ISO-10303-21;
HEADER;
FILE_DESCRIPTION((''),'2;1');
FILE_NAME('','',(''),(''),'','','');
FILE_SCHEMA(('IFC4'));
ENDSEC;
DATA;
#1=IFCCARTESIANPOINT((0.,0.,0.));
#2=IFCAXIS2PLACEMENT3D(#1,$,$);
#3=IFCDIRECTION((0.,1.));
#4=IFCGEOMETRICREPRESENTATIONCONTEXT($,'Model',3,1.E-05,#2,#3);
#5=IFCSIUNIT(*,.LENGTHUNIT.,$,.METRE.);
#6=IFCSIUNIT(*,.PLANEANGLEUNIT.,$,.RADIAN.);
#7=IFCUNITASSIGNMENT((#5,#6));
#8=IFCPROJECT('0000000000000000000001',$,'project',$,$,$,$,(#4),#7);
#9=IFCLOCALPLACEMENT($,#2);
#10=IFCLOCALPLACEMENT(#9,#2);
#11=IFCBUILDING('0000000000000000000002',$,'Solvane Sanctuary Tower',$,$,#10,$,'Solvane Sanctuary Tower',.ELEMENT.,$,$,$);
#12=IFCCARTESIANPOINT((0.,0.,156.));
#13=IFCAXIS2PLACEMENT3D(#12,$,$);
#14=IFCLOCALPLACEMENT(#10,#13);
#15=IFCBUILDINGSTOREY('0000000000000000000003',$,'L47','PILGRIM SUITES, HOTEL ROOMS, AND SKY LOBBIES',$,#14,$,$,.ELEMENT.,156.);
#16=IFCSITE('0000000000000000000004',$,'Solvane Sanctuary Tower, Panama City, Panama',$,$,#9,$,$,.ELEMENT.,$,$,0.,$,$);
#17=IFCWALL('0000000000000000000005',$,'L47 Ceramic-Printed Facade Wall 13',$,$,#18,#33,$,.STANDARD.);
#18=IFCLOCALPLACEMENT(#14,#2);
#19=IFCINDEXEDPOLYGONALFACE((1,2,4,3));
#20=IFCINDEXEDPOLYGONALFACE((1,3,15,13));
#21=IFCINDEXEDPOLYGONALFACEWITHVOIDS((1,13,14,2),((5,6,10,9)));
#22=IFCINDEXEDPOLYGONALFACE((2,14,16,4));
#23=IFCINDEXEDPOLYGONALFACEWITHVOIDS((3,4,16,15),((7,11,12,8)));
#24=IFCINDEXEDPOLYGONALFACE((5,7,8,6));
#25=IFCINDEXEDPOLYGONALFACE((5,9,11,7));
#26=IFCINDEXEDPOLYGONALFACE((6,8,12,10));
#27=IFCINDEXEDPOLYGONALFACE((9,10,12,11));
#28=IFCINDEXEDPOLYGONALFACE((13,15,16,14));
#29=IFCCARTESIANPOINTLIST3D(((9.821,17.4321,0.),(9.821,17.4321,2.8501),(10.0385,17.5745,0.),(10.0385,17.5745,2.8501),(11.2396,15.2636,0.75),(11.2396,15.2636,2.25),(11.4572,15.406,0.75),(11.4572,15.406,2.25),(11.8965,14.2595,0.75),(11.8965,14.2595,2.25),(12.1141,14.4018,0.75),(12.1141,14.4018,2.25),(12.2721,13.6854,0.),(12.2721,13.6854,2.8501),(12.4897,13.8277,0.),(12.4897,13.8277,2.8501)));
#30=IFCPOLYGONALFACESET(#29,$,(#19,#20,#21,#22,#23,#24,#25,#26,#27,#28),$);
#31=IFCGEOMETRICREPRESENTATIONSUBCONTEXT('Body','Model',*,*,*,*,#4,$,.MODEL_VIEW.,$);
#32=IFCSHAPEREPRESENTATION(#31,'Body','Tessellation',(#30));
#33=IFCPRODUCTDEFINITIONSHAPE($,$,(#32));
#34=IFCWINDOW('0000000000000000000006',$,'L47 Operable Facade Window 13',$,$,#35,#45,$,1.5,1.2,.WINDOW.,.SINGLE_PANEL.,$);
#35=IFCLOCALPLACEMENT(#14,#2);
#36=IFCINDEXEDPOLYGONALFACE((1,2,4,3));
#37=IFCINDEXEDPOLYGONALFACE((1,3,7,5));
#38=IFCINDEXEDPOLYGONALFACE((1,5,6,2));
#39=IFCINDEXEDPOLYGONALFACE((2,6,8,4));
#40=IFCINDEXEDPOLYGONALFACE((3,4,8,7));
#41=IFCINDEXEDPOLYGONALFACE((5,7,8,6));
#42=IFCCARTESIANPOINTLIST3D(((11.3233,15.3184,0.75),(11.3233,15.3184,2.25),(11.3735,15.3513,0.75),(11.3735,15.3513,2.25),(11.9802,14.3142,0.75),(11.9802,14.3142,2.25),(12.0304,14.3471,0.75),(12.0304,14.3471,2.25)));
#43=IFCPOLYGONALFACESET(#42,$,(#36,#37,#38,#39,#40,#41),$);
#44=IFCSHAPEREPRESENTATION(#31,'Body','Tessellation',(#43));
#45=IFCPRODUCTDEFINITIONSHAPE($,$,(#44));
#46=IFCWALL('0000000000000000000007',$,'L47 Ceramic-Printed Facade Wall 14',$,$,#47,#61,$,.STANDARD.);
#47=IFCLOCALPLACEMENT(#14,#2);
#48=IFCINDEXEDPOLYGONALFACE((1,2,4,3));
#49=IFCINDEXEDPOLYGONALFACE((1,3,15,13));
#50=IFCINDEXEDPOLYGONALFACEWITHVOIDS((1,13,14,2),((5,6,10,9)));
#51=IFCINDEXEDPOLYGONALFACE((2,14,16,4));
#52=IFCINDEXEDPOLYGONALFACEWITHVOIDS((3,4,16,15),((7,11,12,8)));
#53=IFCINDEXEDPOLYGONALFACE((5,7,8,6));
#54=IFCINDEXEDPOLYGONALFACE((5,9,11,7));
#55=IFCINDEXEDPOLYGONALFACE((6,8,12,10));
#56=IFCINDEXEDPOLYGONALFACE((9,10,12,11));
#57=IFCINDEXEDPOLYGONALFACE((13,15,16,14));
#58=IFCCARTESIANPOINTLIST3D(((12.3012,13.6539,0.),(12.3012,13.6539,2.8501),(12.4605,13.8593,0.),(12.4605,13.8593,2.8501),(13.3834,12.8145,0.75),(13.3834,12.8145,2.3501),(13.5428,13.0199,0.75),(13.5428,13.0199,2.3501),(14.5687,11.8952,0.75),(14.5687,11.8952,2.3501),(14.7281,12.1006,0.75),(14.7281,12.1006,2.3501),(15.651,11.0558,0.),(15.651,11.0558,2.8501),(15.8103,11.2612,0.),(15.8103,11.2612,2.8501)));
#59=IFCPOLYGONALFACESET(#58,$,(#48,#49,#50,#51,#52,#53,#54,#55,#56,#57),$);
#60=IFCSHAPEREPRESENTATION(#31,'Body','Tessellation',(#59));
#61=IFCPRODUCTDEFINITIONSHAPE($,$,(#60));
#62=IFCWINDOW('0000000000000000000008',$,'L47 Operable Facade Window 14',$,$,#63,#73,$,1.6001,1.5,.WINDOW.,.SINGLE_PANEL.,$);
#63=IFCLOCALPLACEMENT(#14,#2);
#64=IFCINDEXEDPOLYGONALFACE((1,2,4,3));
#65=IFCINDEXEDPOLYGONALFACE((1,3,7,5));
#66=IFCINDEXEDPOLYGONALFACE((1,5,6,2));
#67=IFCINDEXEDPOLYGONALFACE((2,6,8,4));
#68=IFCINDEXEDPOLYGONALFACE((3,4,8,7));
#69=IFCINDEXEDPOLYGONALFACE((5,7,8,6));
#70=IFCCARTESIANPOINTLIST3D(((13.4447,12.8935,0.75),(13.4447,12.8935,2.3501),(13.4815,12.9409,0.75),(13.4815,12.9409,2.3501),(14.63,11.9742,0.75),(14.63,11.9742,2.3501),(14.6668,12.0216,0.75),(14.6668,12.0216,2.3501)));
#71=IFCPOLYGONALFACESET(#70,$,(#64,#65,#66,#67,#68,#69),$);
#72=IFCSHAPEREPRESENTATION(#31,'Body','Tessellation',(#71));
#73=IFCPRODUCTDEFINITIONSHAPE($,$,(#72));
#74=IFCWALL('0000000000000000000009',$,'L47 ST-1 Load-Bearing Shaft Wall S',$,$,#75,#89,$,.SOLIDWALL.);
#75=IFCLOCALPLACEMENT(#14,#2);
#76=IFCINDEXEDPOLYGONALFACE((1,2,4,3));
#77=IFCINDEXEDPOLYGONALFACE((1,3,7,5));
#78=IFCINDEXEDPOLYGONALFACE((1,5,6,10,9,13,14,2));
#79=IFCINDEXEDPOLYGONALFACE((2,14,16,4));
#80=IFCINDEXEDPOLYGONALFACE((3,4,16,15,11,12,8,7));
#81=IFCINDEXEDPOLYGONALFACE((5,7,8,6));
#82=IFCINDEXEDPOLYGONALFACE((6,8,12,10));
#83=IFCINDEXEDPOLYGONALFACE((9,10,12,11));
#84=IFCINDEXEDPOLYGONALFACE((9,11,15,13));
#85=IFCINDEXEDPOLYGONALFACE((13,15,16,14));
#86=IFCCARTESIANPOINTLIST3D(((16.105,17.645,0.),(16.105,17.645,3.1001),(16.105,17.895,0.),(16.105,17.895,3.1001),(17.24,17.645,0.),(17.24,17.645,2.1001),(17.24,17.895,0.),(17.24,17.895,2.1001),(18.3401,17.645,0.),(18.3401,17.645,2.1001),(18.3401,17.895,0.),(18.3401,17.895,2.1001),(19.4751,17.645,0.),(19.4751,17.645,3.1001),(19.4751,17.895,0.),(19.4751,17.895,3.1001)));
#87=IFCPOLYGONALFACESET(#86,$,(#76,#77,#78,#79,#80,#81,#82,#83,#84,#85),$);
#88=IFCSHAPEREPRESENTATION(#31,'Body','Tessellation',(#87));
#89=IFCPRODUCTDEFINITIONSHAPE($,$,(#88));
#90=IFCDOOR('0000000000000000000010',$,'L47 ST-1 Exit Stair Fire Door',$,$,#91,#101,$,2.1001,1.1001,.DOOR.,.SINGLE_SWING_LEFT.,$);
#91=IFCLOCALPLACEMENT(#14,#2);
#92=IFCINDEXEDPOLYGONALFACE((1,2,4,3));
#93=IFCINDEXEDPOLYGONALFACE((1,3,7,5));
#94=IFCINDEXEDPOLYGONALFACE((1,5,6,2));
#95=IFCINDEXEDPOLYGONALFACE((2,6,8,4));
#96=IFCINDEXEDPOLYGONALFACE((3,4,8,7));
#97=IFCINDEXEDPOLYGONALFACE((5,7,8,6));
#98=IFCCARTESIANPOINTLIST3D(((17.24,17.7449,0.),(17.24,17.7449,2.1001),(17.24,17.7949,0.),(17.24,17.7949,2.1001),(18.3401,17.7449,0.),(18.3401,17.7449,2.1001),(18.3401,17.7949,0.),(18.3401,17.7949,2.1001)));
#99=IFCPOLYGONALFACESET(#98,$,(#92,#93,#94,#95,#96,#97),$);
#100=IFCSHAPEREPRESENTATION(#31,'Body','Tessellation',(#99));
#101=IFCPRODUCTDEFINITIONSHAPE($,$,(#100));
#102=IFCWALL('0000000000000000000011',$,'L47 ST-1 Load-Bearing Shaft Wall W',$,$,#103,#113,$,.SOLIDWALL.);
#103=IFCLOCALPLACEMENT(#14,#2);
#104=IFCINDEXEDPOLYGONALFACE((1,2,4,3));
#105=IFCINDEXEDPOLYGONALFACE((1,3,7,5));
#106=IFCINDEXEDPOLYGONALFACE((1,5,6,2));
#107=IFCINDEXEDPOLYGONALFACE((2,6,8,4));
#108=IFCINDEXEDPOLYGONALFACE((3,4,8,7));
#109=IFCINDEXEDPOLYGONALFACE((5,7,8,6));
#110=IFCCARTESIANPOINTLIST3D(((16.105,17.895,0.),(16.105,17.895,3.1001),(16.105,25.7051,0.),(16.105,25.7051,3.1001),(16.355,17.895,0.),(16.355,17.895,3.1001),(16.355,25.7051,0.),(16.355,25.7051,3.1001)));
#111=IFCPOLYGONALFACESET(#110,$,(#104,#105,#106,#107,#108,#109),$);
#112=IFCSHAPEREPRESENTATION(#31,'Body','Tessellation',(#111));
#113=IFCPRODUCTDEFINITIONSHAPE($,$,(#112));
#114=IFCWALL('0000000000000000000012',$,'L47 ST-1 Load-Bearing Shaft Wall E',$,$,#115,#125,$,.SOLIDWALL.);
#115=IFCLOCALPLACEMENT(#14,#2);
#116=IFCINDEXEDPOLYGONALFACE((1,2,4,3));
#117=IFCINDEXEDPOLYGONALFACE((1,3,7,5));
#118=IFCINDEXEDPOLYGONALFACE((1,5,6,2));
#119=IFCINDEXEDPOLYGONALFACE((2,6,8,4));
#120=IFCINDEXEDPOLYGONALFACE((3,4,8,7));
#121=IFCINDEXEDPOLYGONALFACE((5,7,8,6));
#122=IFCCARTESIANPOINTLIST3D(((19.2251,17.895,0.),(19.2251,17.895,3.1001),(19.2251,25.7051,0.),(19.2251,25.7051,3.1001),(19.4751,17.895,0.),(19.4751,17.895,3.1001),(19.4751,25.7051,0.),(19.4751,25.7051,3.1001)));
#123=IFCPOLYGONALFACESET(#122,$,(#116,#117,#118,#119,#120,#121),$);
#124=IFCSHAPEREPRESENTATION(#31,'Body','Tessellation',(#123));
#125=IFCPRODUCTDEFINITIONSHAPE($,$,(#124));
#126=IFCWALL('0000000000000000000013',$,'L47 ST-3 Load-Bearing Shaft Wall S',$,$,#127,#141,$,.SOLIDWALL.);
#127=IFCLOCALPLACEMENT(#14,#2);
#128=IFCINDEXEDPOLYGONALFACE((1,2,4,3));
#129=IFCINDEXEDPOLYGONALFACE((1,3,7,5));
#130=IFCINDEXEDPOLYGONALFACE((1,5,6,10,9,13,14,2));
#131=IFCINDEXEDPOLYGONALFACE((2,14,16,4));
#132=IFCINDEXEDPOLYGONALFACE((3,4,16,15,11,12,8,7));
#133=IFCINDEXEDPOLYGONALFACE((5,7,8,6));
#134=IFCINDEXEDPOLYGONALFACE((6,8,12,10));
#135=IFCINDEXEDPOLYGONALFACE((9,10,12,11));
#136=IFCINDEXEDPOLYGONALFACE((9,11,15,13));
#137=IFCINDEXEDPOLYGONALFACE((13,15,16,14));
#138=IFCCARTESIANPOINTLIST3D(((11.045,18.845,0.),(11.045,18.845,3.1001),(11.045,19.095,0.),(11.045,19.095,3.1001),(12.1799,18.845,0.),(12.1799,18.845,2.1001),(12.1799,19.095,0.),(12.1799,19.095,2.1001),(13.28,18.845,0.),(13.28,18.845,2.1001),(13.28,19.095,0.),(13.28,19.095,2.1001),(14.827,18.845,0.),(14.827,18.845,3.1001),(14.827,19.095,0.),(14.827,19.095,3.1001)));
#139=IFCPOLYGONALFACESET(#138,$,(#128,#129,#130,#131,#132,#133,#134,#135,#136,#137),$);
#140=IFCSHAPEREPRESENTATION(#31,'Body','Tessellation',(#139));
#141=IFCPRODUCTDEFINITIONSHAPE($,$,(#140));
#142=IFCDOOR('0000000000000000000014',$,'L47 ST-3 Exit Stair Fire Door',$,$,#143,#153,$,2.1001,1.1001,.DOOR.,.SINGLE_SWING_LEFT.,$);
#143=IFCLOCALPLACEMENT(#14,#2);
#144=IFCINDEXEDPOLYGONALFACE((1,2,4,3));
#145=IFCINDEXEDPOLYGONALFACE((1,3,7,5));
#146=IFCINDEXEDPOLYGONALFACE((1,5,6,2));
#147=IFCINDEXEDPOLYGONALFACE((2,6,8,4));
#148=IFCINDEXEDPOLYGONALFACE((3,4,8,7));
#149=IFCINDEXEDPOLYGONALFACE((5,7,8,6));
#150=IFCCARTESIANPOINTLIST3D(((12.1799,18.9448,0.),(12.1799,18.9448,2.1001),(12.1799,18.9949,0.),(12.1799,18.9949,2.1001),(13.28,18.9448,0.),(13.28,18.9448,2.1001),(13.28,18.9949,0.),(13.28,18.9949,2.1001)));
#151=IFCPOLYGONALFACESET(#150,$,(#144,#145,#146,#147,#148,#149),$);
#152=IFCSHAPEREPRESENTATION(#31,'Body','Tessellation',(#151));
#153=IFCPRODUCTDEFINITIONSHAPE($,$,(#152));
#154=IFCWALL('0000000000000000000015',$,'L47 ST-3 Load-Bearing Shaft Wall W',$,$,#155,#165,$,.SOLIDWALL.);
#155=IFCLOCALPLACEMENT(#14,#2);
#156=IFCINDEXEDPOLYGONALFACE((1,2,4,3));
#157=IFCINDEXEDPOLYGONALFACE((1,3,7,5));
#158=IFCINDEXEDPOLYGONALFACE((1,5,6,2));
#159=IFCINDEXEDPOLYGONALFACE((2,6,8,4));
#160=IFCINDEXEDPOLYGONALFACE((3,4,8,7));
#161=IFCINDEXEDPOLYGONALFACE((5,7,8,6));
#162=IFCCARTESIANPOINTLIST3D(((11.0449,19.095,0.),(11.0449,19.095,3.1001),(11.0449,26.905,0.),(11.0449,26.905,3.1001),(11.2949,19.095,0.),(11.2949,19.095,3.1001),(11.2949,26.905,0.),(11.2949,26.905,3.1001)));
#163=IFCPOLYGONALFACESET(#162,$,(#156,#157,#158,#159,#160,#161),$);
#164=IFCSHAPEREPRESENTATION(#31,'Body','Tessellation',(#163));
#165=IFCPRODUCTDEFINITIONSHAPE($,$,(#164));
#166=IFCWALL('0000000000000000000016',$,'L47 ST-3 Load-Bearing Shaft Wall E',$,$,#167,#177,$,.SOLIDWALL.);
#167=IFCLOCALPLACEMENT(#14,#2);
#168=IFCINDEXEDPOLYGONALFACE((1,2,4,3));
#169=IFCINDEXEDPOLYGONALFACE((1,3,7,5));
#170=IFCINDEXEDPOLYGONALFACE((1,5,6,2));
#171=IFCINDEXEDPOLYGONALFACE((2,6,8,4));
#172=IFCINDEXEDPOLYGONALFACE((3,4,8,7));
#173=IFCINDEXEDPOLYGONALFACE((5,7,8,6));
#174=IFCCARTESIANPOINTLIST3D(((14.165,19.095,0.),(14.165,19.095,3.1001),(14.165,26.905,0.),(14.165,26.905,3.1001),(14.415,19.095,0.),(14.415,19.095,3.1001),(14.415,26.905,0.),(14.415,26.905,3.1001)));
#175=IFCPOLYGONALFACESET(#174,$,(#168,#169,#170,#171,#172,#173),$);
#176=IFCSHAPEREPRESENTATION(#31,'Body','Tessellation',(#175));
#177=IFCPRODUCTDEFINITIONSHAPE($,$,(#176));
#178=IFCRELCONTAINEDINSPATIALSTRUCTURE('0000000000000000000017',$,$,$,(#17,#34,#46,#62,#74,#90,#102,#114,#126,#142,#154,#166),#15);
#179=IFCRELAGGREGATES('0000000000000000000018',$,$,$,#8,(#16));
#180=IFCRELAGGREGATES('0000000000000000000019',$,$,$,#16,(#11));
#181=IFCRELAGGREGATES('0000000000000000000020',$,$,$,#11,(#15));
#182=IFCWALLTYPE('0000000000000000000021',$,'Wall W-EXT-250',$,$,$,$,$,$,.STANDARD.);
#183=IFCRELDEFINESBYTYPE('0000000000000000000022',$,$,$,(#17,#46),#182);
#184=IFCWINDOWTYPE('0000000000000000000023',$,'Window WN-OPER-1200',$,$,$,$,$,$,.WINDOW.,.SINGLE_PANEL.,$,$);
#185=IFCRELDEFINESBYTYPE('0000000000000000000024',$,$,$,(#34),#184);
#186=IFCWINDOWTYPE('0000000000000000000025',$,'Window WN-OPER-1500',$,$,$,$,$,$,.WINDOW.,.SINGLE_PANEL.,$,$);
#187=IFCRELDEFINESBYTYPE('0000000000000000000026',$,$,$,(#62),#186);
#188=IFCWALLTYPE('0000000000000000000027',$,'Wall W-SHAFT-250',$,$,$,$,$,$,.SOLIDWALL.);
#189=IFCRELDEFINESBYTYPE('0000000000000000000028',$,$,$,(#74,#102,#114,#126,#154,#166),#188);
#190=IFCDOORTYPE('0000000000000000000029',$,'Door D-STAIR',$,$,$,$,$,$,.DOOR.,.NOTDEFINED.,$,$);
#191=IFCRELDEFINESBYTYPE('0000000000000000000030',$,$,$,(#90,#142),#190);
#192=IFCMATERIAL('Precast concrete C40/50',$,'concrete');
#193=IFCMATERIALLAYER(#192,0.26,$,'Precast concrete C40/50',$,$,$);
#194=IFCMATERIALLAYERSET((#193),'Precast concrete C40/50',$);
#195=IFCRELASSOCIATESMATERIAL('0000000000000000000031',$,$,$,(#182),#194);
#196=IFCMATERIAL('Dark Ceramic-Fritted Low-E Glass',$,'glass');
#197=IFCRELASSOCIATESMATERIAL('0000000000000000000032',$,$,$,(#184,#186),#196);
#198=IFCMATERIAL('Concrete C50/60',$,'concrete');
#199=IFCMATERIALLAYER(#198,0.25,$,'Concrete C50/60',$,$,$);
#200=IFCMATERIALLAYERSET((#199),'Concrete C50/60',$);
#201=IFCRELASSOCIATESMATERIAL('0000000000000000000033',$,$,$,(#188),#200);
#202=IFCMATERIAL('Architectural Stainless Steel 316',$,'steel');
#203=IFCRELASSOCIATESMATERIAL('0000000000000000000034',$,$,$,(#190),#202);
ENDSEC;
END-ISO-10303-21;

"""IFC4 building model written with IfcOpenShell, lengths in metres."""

from ifc_helpers import new_model, si_unit, direction, frame, frame_2d, origin, place, context, subcontext, project, spatial, rectangle, extrude, material, layer, layer_set, type_object, element, fill, save


model = new_model("IFC4")

# Units and contexts
model_context = context("Model", 3, precision=1e-05, world=origin(), true_north=direction((0.0, 1.0)))
body_context = subcontext(model_context, "Body", "Model", "MODEL_VIEW")
ifc_project = project(units=[si_unit("LENGTHUNIT", "METRE"), si_unit("PLANEANGLEUNIT", "RADIAN")], contexts=[model_context])

# Site, building, storey
site_placement = place(None, origin())
site = spatial("IfcSite", under=ifc_project, at=site_placement, Name="Solvane Sanctuary Tower, Panama City, Panama", CompositionType="ELEMENT", RefElevation=0.0)
building_placement = place(site_placement, origin())
building = spatial("IfcBuilding", under=site, at=building_placement, Name="Solvane Sanctuary Tower", LongName="Solvane Sanctuary Tower", CompositionType="ELEMENT")
storey_placement = place(building_placement, frame((0.0, 0.0, 156.0)))
storey = spatial("IfcBuildingStorey", under=building, at=storey_placement, Name="L47", Description="PILGRIM SUITES, HOTEL ROOMS, AND SKY LOBBIES", CompositionType="ELEMENT", Elevation=156.0)

# Shared definitions
ifc_material_1 = material(Name="Architectural Stainless Steel 316", Category="steel")

# Walls, openings, windows
ifc_material_2 = material(Name="Precast concrete C40/50", Category="concrete")
ifc_layer_1 = layer(ifc_material_2, 0.26, Name="Precast concrete C40/50")
ifc_layer_set_1 = layer_set([ifc_layer_1], Name="Precast concrete C40/50")
wall_type_1 = type_object("IfcWallType", Name="Wall W-EXT-250", PredefinedType="STANDARD", material=ifc_layer_set_1)
wall_1_placement = place(storey_placement, frame((9.9297, 17.5034, 0.0), z_axis=(0.0, 0.0, 1.0), x_axis=(0.547456, -0.836834, 0.0)))
wall_1 = element("IfcWall", 1, at=wall_1_placement, inside=storey, type_object=wall_type_1, Name="L47 Ceramic-Printed Facade Wall 13", PredefinedType="STANDARD", context=body_context, shape_type="SweptSolid", body=[
    extrude(rectangle(XDim=4.4773, YDim=0.26, at=frame_2d((2.2388, 0.0))), origin(), (0.0, 0.0, 1.0), 2.8501),
])
opening_1_placement = place(wall_1_placement, frame((2.5913, 0.0, 0.75)))
opening_1 = element("IfcOpeningElement", 2, at=opening_1_placement, cuts=wall_1, PredefinedType="OPENING", context=body_context, shape_type="SweptSolid", body=[
    extrude(rectangle(XDim=1.2, YDim=1.5, at=frame_2d((0.6001, 0.75))), frame((0.0, 0.1399, 0.0), z_axis=(0.0, -1.0, 0.0), x_axis=(1.0, 0.0, 0.0)), (0.0, 0.0, 1.0), 0.28),
])
ifc_material_3 = material(Name="Dark Ceramic-Fritted Low-E Glass", Category="glass")
window_type_1 = type_object("IfcWindowType", Name="Window WN-OPER-1200", PartitioningType="SINGLE_PANEL", PredefinedType="WINDOW", material=ifc_material_3)
window_1_placement = place(opening_1_placement, origin())
window_1 = element("IfcWindow", 3, at=window_1_placement, inside=storey, type_object=window_type_1, Name="L47 Operable Facade Window 13", OverallHeight=1.5, OverallWidth=1.2, PartitioningType="SINGLE_PANEL", PredefinedType="WINDOW", context=body_context, shape_type="SweptSolid", body=[
    extrude(rectangle(XDim=1.2, YDim=1.5, at=frame_2d((0.6001, 0.75))), frame((0.0, 0.03, 0.0), z_axis=(0.0, -1.0, 0.0), x_axis=(1.0, 0.0, 0.0)), (0.0, 0.0, 1.0), 0.0601),
])
fill(opening_1, window_1)
wall_2_placement = place(storey_placement, frame((12.3809, 13.7566, 0.0), z_axis=(0.0, 0.0, 1.0), x_axis=(0.790186, -0.612868, 0.0)))
wall_2 = element("IfcWall", 4, at=wall_2_placement, inside=storey, type_object=wall_type_1, Name="L47 Ceramic-Printed Facade Wall 14", PredefinedType="STANDARD", context=body_context, shape_type="SweptSolid", body=[
    extrude(rectangle(XDim=4.2393, YDim=0.26, at=frame_2d((2.1196, 0.0))), origin(), (0.0, 0.0, 1.0), 2.8501),
])
opening_2_placement = place(wall_2_placement, frame((1.3696, 0.0, 0.75)))
opening_2 = element("IfcOpeningElement", 5, at=opening_2_placement, cuts=wall_2, PredefinedType="OPENING", context=body_context, shape_type="SweptSolid", body=[
    extrude(rectangle(XDim=1.5, YDim=1.6001, at=frame_2d((0.75, 0.8))), frame((0.0, 0.1399, 0.0), z_axis=(0.0, -1.0, 0.0), x_axis=(1.0, 0.0, 0.0)), (0.0, 0.0, 1.0), 0.28),
])
window_type_2 = type_object("IfcWindowType", Name="Window WN-OPER-1500", PartitioningType="SINGLE_PANEL", PredefinedType="WINDOW", material=ifc_material_3)
window_2_placement = place(opening_2_placement, origin())
window_2 = element("IfcWindow", 6, at=window_2_placement, inside=storey, type_object=window_type_2, Name="L47 Operable Facade Window 14", OverallHeight=1.6001, OverallWidth=1.5, PartitioningType="SINGLE_PANEL", PredefinedType="WINDOW", context=body_context, shape_type="SweptSolid", body=[
    extrude(rectangle(XDim=1.5, YDim=1.6001, at=frame_2d((0.75, 0.8))), frame((0.0, 0.03, 0.0), z_axis=(0.0, -1.0, 0.0), x_axis=(1.0, 0.0, 0.0)), (0.0, 0.0, 1.0), 0.0601),
])
fill(opening_2, window_2)

# Wall, opening, door
ifc_material_4 = material(Name="Concrete C50/60", Category="concrete")
ifc_layer_2 = layer(ifc_material_4, 0.25, Name="Concrete C50/60")
ifc_layer_set_2 = layer_set([ifc_layer_2], Name="Concrete C50/60")
wall_type_2 = type_object("IfcWallType", Name="Wall W-SHAFT-250", PredefinedType="SOLIDWALL", material=ifc_layer_set_2)
wall_3_placement = place(storey_placement, frame((16.105, 17.77, 0.0), z_axis=(0.0, 0.0, 1.0), x_axis=(1.0, 0.0, 0.0)))
wall_3 = element("IfcWall", 7, at=wall_3_placement, inside=storey, type_object=wall_type_2, Name="L47 ST-1 Load-Bearing Shaft Wall S", PredefinedType="SOLIDWALL", context=body_context, shape_type="SweptSolid", body=[
    extrude(rectangle(XDim=3.3701, YDim=0.25, at=frame_2d((1.6851, 0.0))), origin(), (0.0, 0.0, 1.0), 3.1001),
])
opening_3_placement = place(wall_3_placement, frame((1.135, 0.0, 0.0)))
opening_3 = element("IfcOpeningElement", 8, at=opening_3_placement, cuts=wall_3, PredefinedType="OPENING", context=body_context, shape_type="SweptSolid", body=[
    extrude(rectangle(XDim=1.1001, YDim=2.1001, at=frame_2d((0.55, 1.05))), frame((0.0, 0.135, 0.0), z_axis=(0.0, -1.0, 0.0), x_axis=(1.0, 0.0, 0.0)), (0.0, 0.0, 1.0), 0.27),
])
door_type_1 = type_object("IfcDoorType", Name="Door D-STAIR", OperationType="NOTDEFINED", PredefinedType="DOOR", material=ifc_material_1)
door_1_placement = place(opening_3_placement, origin())
door_1 = element("IfcDoor", 9, at=door_1_placement, inside=storey, type_object=door_type_1, Name="L47 ST-1 Exit Stair Fire Door", OperationType="SINGLE_SWING_LEFT", OverallHeight=2.1001, OverallWidth=1.1001, PredefinedType="DOOR", context=body_context, shape_type="SweptSolid", body=[
    extrude(rectangle(XDim=1.1001, YDim=2.1001, at=frame_2d((0.55, 1.05))), frame((0.0, 0.0249, 0.0), z_axis=(0.0, -1.0, 0.0), x_axis=(1.0, 0.0, 0.0)), (0.0, 0.0, 1.0), 0.05),
])
fill(opening_3, door_1)

# Walls
for number, where, z_axis, x_axis, name in (
    (10, (16.23, 17.895, 0.0), (0.0, 0.0, 1.0), (0.0, 1.0, 0.0), "L47 ST-1 Load-Bearing Shaft Wall W"),
    (11, (19.3501, 17.895, 0.0), (0.0, 0.0, 1.0), (0.0, 1.0, 0.0), "L47 ST-1 Load-Bearing Shaft Wall E"),
):
    element("IfcWall", number, at=place(storey_placement, frame(where, z_axis=z_axis, x_axis=x_axis)), inside=storey, type_object=wall_type_2, Name=name, PredefinedType="SOLIDWALL", context=body_context, shape_type="SweptSolid", body=[
        extrude(rectangle(XDim=7.8101, YDim=0.25, at=frame_2d((3.905, 0.0))), origin(), (0.0, 0.0, 1.0), 3.1001),
    ])

# Wall, opening, door
wall_4_placement = place(storey_placement, frame((11.0449, 18.97, 0.0), z_axis=(0.0, 0.0, 1.0), x_axis=(1.0, 0.0, 0.0)))
wall_4 = element("IfcWall", 12, at=wall_4_placement, inside=storey, type_object=wall_type_2, Name="L47 ST-3 Load-Bearing Shaft Wall S", PredefinedType="SOLIDWALL", context=body_context, shape_type="SweptSolid", body=[
    extrude(rectangle(XDim=3.782, YDim=0.25, at=frame_2d((1.8911, 0.0))), origin(), (0.0, 0.0, 1.0), 3.1001),
])
opening_4_placement = place(wall_4_placement, frame((1.135, 0.0, 0.0)))
opening_4 = element("IfcOpeningElement", 13, at=opening_4_placement, cuts=wall_4, PredefinedType="OPENING", context=body_context, shape_type="SweptSolid", body=[
    extrude(rectangle(XDim=1.1001, YDim=2.1001, at=frame_2d((0.55, 1.05))), frame((0.0, 0.135, 0.0), z_axis=(0.0, -1.0, 0.0), x_axis=(1.0, 0.0, 0.0)), (0.0, 0.0, 1.0), 0.27),
])
door_2_placement = place(opening_4_placement, origin())
door_2 = element("IfcDoor", 14, at=door_2_placement, inside=storey, type_object=door_type_1, Name="L47 ST-3 Exit Stair Fire Door", OperationType="SINGLE_SWING_LEFT", OverallHeight=2.1001, OverallWidth=1.1001, PredefinedType="DOOR", context=body_context, shape_type="SweptSolid", body=[
    extrude(rectangle(XDim=1.1001, YDim=2.1001, at=frame_2d((0.55, 1.05))), frame((0.0, 0.0249, 0.0), z_axis=(0.0, -1.0, 0.0), x_axis=(1.0, 0.0, 0.0)), (0.0, 0.0, 1.0), 0.05),
])
fill(opening_4, door_2)

# Walls
for number, where, z_axis, x_axis, name in (
    (15, (11.1699, 19.095, 0.0), (0.0, 0.0, 1.0), (0.0, 1.0, 0.0), "L47 ST-3 Load-Bearing Shaft Wall W"),
    (16, (14.29, 19.095, 0.0), (0.0, 0.0, 1.0), (0.0, 1.0, 0.0), "L47 ST-3 Load-Bearing Shaft Wall E"),
):
    element("IfcWall", number, at=place(storey_placement, frame(where, z_axis=z_axis, x_axis=x_axis)), inside=storey, type_object=wall_type_2, Name=name, PredefinedType="SOLIDWALL", context=body_context, shape_type="SweptSolid", body=[
        extrude(rectangle(XDim=7.8101, YDim=0.25, at=frame_2d((3.905, 0.0))), origin(), (0.0, 0.0, 1.0), 3.1001),
    ])

save(model, "model.ifc")
